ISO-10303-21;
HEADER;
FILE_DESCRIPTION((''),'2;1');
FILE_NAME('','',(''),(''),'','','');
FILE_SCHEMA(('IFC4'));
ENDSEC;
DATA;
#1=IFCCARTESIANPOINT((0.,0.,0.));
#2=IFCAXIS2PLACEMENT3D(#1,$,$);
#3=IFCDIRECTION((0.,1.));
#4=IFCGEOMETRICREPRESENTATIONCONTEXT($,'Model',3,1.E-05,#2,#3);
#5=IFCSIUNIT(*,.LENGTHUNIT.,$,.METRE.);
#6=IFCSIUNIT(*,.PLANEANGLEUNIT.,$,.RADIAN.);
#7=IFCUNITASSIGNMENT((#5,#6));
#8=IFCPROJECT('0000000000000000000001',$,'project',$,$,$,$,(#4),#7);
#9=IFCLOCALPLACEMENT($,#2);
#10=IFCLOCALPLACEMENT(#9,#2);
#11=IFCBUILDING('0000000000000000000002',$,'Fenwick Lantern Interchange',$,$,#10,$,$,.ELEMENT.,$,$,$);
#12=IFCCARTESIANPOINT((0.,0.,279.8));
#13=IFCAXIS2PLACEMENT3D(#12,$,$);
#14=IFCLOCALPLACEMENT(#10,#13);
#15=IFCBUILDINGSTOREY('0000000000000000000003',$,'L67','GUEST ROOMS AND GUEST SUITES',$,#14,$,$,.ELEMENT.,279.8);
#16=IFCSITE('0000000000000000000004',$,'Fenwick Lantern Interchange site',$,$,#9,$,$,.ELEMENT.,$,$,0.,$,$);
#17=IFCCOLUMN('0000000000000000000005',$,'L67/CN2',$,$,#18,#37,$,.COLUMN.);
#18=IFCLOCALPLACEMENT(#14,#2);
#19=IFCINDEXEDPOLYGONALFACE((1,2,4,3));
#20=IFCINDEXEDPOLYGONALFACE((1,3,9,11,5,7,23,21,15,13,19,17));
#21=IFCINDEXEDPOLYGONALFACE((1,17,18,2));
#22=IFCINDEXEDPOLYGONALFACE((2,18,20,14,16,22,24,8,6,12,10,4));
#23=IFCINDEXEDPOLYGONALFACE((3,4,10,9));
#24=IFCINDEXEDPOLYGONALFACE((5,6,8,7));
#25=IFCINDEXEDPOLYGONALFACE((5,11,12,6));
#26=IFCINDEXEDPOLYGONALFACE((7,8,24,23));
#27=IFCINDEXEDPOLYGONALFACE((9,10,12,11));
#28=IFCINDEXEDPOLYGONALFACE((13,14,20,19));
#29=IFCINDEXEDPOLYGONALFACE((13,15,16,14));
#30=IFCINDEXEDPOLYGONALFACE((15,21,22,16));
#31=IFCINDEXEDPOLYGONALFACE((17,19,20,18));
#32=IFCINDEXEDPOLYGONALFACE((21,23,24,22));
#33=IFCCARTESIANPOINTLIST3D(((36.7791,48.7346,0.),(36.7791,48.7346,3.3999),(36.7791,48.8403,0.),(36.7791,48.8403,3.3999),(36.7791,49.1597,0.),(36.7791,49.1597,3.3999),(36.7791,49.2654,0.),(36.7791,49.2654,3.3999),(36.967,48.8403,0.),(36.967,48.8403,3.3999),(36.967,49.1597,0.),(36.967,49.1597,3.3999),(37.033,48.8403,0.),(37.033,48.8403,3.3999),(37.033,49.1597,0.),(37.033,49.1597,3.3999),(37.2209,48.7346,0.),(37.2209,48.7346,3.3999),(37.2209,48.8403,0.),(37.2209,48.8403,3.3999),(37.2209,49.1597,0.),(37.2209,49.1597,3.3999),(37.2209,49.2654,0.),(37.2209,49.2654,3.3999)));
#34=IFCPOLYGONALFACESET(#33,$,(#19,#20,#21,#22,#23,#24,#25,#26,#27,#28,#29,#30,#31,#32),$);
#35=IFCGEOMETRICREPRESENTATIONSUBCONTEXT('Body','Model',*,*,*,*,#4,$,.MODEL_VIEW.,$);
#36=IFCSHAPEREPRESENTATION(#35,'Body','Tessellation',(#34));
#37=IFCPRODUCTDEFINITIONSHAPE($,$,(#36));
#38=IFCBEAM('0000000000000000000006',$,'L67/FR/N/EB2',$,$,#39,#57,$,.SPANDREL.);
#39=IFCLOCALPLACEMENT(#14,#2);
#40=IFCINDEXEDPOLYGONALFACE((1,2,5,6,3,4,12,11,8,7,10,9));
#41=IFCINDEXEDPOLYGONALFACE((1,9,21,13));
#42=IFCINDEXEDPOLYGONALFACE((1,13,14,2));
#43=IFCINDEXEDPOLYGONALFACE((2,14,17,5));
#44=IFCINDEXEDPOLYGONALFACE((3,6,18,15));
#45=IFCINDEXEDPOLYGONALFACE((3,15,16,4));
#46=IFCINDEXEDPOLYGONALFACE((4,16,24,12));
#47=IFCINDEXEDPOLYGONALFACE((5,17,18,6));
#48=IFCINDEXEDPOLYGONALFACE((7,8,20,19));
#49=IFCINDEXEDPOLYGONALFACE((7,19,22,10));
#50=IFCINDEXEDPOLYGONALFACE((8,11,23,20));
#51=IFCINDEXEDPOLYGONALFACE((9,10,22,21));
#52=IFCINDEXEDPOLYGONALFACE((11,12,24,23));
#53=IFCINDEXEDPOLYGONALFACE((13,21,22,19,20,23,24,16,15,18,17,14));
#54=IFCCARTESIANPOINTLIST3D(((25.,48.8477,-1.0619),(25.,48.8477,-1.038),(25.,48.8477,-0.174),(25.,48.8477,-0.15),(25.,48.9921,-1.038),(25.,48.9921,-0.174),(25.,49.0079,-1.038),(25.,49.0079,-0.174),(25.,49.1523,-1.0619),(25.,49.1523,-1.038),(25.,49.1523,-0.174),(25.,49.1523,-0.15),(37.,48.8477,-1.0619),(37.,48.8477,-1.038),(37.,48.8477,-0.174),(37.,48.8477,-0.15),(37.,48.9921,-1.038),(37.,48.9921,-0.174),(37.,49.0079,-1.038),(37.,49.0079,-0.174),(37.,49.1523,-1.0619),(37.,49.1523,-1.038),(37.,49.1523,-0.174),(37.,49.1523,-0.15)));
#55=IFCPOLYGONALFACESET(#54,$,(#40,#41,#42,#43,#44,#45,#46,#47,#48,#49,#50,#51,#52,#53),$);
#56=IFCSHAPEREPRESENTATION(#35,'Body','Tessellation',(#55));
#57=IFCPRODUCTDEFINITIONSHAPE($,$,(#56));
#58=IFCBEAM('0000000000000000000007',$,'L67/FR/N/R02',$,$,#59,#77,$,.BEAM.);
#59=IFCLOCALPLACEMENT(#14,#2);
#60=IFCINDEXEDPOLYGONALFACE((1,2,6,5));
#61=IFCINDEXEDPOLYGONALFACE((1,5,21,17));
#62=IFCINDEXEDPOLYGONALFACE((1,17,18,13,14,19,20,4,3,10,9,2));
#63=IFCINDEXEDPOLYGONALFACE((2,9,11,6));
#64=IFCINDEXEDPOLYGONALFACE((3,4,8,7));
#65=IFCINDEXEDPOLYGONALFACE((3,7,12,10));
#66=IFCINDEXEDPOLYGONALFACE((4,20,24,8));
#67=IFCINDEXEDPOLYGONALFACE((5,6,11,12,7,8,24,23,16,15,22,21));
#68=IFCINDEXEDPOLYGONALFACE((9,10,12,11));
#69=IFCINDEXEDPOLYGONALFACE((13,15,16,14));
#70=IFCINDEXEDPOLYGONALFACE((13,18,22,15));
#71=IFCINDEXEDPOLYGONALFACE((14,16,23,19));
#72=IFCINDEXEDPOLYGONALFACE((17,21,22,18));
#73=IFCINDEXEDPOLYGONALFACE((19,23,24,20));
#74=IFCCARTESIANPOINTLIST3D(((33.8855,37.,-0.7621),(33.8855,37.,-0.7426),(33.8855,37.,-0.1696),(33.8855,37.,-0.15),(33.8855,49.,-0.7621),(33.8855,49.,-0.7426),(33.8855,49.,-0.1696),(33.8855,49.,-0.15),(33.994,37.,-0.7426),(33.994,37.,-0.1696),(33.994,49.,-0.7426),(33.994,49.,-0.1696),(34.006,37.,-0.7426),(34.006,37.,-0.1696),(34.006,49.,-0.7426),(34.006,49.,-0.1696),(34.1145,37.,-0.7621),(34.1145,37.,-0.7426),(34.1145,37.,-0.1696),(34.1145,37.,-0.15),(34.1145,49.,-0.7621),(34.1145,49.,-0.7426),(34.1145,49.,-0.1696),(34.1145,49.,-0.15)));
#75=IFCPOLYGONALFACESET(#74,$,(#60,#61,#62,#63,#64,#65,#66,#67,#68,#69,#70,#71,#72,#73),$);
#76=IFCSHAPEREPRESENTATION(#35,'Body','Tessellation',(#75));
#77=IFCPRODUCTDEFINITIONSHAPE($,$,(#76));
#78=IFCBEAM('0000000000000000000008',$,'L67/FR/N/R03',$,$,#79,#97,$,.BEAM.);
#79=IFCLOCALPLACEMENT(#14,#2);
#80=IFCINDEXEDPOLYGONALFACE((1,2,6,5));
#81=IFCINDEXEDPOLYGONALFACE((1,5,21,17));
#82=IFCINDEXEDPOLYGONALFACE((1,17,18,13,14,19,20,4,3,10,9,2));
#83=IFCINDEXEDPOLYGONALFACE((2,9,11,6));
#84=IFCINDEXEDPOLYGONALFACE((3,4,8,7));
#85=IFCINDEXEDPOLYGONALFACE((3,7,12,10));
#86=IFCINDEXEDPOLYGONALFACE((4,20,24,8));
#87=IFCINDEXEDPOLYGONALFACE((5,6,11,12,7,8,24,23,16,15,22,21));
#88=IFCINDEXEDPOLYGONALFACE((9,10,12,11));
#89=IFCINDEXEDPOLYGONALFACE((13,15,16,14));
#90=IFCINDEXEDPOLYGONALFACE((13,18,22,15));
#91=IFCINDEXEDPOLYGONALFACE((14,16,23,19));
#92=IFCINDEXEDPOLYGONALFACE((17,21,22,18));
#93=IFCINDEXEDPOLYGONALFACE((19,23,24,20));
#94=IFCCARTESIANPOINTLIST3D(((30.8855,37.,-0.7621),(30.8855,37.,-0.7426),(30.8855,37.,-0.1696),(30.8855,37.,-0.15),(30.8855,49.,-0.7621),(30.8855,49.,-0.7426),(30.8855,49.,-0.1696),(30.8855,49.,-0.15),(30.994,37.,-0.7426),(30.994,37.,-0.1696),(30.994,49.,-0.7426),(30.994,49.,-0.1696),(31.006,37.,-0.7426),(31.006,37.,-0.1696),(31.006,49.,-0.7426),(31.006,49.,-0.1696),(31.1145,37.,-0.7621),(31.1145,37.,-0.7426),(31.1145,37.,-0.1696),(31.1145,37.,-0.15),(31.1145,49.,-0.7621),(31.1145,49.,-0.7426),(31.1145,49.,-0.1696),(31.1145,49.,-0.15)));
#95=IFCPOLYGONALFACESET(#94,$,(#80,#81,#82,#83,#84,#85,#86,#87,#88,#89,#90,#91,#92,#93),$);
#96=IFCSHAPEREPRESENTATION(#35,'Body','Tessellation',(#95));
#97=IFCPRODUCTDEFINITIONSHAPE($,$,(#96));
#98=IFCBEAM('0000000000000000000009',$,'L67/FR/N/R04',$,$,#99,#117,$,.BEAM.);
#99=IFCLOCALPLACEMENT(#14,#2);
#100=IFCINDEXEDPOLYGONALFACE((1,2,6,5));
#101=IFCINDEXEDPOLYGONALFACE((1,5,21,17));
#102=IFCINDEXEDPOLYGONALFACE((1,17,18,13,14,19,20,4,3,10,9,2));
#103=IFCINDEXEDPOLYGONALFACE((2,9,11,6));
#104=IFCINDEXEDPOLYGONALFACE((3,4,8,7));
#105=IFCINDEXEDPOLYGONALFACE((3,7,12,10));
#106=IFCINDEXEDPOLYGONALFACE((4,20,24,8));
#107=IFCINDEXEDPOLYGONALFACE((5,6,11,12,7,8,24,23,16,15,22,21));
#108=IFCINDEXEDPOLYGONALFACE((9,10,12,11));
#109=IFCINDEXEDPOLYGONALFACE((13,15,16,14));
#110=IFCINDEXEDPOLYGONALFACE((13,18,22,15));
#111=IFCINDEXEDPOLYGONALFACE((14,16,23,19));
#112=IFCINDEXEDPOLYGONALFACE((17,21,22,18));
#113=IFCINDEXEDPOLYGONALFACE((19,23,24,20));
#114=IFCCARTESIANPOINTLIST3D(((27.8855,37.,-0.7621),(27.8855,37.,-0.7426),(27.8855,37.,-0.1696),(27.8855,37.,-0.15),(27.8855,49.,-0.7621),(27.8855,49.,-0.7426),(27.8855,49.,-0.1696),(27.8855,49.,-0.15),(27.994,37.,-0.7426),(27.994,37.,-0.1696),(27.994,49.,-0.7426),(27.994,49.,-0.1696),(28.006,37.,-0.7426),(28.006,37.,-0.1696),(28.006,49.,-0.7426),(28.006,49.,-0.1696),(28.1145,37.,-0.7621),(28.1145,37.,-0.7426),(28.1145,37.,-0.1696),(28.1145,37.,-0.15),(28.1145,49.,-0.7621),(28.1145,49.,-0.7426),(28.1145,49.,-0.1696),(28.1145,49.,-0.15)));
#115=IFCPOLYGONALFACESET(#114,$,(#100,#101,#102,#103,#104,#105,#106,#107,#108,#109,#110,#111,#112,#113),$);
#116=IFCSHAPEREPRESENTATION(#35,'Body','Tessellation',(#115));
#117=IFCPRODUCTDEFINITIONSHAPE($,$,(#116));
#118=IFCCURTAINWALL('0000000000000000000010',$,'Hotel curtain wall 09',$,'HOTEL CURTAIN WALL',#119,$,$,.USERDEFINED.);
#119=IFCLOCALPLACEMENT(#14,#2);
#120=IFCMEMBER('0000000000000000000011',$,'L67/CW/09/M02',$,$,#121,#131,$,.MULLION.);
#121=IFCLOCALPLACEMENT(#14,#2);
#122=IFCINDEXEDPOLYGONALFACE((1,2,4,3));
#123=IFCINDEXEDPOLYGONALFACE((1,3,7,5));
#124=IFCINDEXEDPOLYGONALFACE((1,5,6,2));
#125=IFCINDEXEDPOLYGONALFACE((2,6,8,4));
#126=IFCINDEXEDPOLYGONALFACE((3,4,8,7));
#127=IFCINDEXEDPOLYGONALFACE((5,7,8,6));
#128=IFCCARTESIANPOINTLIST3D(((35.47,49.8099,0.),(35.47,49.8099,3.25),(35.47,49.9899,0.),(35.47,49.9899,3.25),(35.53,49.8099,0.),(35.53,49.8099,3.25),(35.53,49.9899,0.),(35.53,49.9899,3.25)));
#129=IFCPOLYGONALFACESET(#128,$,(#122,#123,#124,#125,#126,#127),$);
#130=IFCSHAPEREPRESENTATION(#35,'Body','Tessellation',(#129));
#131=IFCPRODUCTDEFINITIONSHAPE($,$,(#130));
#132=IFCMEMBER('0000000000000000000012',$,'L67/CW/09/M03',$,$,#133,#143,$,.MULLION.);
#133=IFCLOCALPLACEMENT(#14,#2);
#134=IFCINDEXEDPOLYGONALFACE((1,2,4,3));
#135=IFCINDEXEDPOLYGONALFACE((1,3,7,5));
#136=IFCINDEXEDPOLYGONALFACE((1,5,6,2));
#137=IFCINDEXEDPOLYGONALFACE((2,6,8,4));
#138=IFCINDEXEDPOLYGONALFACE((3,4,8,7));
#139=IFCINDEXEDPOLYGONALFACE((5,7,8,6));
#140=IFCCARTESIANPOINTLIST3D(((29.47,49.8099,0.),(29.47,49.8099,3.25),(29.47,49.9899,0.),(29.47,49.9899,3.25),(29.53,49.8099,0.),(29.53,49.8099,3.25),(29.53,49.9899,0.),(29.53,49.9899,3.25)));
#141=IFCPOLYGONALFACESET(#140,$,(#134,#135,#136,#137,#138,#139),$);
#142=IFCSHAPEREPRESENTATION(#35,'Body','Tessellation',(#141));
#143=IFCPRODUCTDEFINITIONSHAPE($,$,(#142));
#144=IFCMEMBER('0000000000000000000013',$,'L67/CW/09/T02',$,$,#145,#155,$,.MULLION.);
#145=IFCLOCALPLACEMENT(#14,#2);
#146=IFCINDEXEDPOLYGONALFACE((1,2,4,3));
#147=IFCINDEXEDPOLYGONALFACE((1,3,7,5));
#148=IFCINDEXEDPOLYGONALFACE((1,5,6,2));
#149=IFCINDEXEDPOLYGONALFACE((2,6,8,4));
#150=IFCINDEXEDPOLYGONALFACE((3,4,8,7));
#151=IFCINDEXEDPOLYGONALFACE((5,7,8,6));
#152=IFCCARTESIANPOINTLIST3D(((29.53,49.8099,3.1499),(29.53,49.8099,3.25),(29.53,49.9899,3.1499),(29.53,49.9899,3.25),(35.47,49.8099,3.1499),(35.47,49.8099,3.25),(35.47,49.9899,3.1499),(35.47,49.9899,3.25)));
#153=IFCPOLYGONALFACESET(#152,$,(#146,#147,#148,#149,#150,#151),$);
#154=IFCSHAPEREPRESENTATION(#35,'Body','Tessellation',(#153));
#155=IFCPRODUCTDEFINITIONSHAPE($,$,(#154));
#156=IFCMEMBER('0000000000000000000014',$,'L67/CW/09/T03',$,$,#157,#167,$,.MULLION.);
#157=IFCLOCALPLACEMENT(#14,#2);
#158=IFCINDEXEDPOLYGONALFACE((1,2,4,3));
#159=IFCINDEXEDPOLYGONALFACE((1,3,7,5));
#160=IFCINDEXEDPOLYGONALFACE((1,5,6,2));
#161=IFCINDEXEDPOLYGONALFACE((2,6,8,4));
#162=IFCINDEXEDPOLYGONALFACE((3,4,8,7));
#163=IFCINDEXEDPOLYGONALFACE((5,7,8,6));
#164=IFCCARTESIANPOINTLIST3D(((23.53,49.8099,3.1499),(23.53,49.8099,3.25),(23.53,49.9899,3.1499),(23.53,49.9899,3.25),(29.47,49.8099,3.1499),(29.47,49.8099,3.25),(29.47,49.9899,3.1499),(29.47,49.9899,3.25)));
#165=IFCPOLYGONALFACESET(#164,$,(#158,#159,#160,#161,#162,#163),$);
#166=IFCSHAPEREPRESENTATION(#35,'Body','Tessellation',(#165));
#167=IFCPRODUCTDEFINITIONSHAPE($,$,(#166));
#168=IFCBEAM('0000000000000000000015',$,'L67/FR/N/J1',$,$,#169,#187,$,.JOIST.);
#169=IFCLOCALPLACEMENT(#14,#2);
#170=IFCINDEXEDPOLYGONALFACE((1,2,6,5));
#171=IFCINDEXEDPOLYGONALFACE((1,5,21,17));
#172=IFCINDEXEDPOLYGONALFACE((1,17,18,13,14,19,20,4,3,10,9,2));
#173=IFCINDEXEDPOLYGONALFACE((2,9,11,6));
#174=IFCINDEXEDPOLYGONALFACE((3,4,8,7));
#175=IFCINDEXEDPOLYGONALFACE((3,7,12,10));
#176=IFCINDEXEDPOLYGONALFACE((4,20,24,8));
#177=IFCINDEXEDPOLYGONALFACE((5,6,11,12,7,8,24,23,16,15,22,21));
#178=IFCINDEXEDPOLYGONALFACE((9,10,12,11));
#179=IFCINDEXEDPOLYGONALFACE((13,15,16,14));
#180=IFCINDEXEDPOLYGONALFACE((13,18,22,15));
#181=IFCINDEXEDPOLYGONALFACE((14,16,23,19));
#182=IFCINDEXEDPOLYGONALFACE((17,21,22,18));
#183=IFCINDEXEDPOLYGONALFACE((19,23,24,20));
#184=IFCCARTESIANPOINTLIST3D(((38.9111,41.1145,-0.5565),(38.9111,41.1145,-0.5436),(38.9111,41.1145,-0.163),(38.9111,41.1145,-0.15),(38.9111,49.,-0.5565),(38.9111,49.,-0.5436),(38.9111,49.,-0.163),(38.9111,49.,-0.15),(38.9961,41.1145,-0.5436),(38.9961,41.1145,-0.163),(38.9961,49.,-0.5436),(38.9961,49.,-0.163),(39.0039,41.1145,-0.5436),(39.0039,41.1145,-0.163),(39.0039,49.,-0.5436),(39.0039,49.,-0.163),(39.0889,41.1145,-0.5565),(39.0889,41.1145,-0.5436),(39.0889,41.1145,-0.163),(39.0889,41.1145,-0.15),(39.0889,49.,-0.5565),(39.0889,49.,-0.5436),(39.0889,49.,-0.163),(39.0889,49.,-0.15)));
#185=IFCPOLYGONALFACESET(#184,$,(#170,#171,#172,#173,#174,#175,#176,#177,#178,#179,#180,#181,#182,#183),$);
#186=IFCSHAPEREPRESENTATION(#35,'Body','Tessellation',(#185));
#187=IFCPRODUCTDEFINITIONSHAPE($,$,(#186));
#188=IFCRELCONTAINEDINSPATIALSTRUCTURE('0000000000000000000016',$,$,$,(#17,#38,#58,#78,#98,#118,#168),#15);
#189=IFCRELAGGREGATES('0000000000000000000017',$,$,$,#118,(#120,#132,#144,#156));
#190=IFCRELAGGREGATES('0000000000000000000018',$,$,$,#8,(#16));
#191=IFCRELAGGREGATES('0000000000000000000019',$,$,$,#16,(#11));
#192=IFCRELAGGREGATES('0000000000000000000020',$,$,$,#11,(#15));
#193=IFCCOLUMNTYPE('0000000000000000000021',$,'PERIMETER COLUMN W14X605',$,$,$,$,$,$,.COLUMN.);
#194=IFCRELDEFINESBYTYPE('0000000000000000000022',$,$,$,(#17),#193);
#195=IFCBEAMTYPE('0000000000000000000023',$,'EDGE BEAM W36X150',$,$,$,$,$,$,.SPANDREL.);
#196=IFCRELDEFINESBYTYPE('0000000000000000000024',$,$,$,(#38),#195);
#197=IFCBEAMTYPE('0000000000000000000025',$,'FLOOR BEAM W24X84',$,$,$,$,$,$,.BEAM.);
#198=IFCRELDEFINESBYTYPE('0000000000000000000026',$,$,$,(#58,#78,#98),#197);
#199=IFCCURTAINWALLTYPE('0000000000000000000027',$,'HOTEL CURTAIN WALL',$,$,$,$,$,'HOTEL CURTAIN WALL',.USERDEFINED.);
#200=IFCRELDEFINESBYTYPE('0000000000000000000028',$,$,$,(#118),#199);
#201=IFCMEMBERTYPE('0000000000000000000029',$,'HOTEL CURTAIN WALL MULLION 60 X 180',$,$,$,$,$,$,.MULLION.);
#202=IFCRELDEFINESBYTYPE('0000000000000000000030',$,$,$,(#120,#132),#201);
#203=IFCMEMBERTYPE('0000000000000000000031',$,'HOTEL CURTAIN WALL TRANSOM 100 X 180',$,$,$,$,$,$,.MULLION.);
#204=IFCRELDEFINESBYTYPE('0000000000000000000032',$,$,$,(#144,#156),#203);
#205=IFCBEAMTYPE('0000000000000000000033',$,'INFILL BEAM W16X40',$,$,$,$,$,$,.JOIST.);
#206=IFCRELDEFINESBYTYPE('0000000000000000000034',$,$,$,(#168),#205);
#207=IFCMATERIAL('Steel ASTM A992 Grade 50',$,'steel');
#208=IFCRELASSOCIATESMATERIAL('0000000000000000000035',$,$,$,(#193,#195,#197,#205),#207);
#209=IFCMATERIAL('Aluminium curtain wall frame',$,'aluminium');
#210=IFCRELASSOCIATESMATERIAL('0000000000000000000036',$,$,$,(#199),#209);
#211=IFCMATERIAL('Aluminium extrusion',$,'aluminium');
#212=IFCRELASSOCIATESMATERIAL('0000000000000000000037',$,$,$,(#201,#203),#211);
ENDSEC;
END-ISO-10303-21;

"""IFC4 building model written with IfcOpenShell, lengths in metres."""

from ifc_helpers import new_model, si_unit, direction, frame, origin, origin_2d, place, context, subcontext, project, spatial, rectangle, i_section, extrude, material, material_profile, profile_set, type_object, element, aggregate, save


model = new_model("IFC4")

# Units and contexts
model_context = context("Model", 3, precision=1e-05, world=origin(), true_north=direction((0.0, 1.0)))
body_context = subcontext(model_context, "Body", "Model", "MODEL_VIEW")
ifc_project = project(units=[si_unit("LENGTHUNIT", "METRE"), si_unit("PLANEANGLEUNIT", "RADIAN")], contexts=[model_context])

# Site, building, storey
site_placement = place(None, origin())
site = spatial("IfcSite", under=ifc_project, at=site_placement, Name="Fenwick Lantern Interchange site", CompositionType="ELEMENT", RefElevation=0.0)
building_placement = place(site_placement, origin())
building = spatial("IfcBuilding", under=site, at=building_placement, Name="Fenwick Lantern Interchange", CompositionType="ELEMENT")
storey_placement = place(building_placement, frame((0.0, 0.0, 279.8)))
storey = spatial("IfcBuildingStorey", under=building, at=storey_placement, Name="L67", Description="GUEST ROOMS AND GUEST SUITES", CompositionType="ELEMENT", Elevation=279.8)

# Column
ifc_material_1 = material(Name="Steel ASTM A992 Grade 50", Category="steel")
ifc_material_profile_1 = material_profile(ifc_material_1, i_section(OverallWidth=0.4419, OverallDepth=0.5308, WebThickness=0.0659, FlangeThickness=0.1057, at=origin_2d()), Name="W14X605")
ifc_profile_set_1 = profile_set([ifc_material_profile_1], Name="Steel ASTM A992 Grade 50")
column_type = type_object("IfcColumnType", Name="PERIMETER COLUMN W14X605", PredefinedType="COLUMN", material=ifc_profile_set_1)
column_placement = place(storey_placement, frame((37.0, 49.0, 0.0), z_axis=(0.0, 0.0, 1.0), x_axis=(1.0, 0.0, 0.0)))
element("IfcColumn", 1, at=column_placement, inside=storey, type_object=column_type, Name="L67/CN2", PredefinedType="COLUMN", context=body_context, shape_type="SweptSolid", body=[
    extrude(i_section(OverallWidth=0.4419, OverallDepth=0.5308, WebThickness=0.0659, FlangeThickness=0.1057, at=origin_2d()), origin(), (0.0, 0.0, 1.0), 3.3999),
])

# Beams
ifc_material_profile_2 = material_profile(ifc_material_1, i_section(OverallWidth=0.3047, OverallDepth=0.9119, WebThickness=0.0159, FlangeThickness=0.0239, at=origin_2d()), Name="W36X150")
ifc_profile_set_2 = profile_set([ifc_material_profile_2], Name="Steel ASTM A992 Grade 50")
beam_type_1 = type_object("IfcBeamType", Name="EDGE BEAM W36X150", PredefinedType="SPANDREL", material=ifc_profile_set_2)
beam_1_placement = place(storey_placement, frame((37.0, 49.0, -0.606), z_axis=(-1.0, 0.0, 0.0), x_axis=(0.0, -1.0, 0.0)))
element("IfcBeam", 2, at=beam_1_placement, inside=storey, type_object=beam_type_1, Name="L67/FR/N/EB2", PredefinedType="SPANDREL", context=body_context, shape_type="SweptSolid", body=[
    extrude(i_section(OverallWidth=0.3047, OverallDepth=0.9119, WebThickness=0.0159, FlangeThickness=0.0239, at=origin_2d()), origin(), (0.0, 0.0, 1.0), 12.0),
])
ifc_material_profile_3 = material_profile(ifc_material_1, i_section(OverallWidth=0.229, OverallDepth=0.6121, WebThickness=0.012, FlangeThickness=0.0195, at=origin_2d()), Name="W24X84")
ifc_profile_set_3 = profile_set([ifc_material_profile_3], Name="Steel ASTM A992 Grade 50")
beam_type_2 = type_object("IfcBeamType", Name="FLOOR BEAM W24X84", PredefinedType="BEAM", material=ifc_profile_set_3)
for number, where, z_axis, x_axis, name in (
    (3, (34.0, 49.0, -0.4561), (0.0, -1.0, 0.0), (1.0, 0.0, 0.0), "L67/FR/N/R02"),
    (4, (31.0, 49.0, -0.4561), (0.0, -1.0, 0.0), (1.0, 0.0, 0.0), "L67/FR/N/R03"),
    (5, (28.0, 49.0, -0.4561), (0.0, -1.0, 0.0), (1.0, 0.0, 0.0), "L67/FR/N/R04"),
):
    element("IfcBeam", number, at=place(storey_placement, frame(where, z_axis=z_axis, x_axis=x_axis)), inside=storey, type_object=beam_type_2, Name=name, PredefinedType="BEAM", context=body_context, shape_type="SweptSolid", body=[
        extrude(i_section(OverallWidth=0.229, OverallDepth=0.6121, WebThickness=0.012, FlangeThickness=0.0195, at=origin_2d()), origin(), (0.0, 0.0, 1.0), 12.0),
    ])

# Curtain wall, members
ifc_material_2 = material(Name="Aluminium curtain wall frame", Category="aluminium")
curtain_wall_type = type_object("IfcCurtainWallType", Name="HOTEL CURTAIN WALL", ElementType="HOTEL CURTAIN WALL", PredefinedType="USERDEFINED", material=ifc_material_2)
curtain_wall_placement = place(storey_placement, origin())
curtain_wall = element("IfcCurtainWall", 6, at=curtain_wall_placement, inside=storey, type_object=curtain_wall_type, Name="Hotel curtain wall 09", ObjectType="HOTEL CURTAIN WALL", PredefinedType="USERDEFINED")
ifc_material_3 = material(Name="Aluminium extrusion", Category="aluminium")
ifc_material_profile_4 = material_profile(ifc_material_3, rectangle(XDim=0.1799, YDim=0.0601, at=origin_2d()), Name="HOTEL CURTAIN WALL MULLION 60 X 180")
ifc_profile_set_4 = profile_set([ifc_material_profile_4], Name="Aluminium extrusion")
member_type_1 = type_object("IfcMemberType", Name="HOTEL CURTAIN WALL MULLION 60 X 180", PredefinedType="MULLION", material=ifc_profile_set_4)
member_1_placement = place(storey_placement, frame((35.5, 49.8999, 0.0), z_axis=(0.0, 0.0, 1.0), x_axis=(0.0, -1.0, 0.0)))
member_1 = element("IfcMember", 7, at=member_1_placement, type_object=member_type_1, Name="L67/CW/09/M02", PredefinedType="MULLION", context=body_context, shape_type="SweptSolid", body=[
    extrude(rectangle(XDim=0.1799, YDim=0.0601, at=origin_2d()), origin(), (0.0, 0.0, 1.0), 3.25),
])
member_2_placement = place(storey_placement, frame((29.5, 49.8999, 0.0), z_axis=(0.0, 0.0, 1.0), x_axis=(0.0, -1.0, 0.0)))
member_2 = element("IfcMember", 8, at=member_2_placement, type_object=member_type_1, Name="L67/CW/09/M03", PredefinedType="MULLION", context=body_context, shape_type="SweptSolid", body=[
    extrude(rectangle(XDim=0.1799, YDim=0.0601, at=origin_2d()), origin(), (0.0, 0.0, 1.0), 3.25),
])
ifc_material_profile_5 = material_profile(ifc_material_3, rectangle(XDim=0.1799, YDim=0.1001, at=origin_2d()), Name="HOTEL CURTAIN WALL TRANSOM 100 X 180")
ifc_profile_set_5 = profile_set([ifc_material_profile_5], Name="Aluminium extrusion")
member_type_2 = type_object("IfcMemberType", Name="HOTEL CURTAIN WALL TRANSOM 100 X 180", PredefinedType="MULLION", material=ifc_profile_set_5)
member_3_placement = place(storey_placement, frame((35.47, 49.8999, 3.2), z_axis=(-1.0, 0.0, 0.0), x_axis=(0.0, -1.0, 0.0)))
member_3 = element("IfcMember", 9, at=member_3_placement, type_object=member_type_2, Name="L67/CW/09/T02", PredefinedType="MULLION", context=body_context, shape_type="SweptSolid", body=[
    extrude(rectangle(XDim=0.1799, YDim=0.1001, at=origin_2d()), origin(), (0.0, 0.0, 1.0), 5.9399),
])
member_4_placement = place(storey_placement, frame((29.47, 49.8999, 3.2), z_axis=(-1.0, 0.0, 0.0), x_axis=(0.0, -1.0, 0.0)))
member_4 = element("IfcMember", 10, at=member_4_placement, type_object=member_type_2, Name="L67/CW/09/T03", PredefinedType="MULLION", context=body_context, shape_type="SweptSolid", body=[
    extrude(rectangle(XDim=0.1799, YDim=0.1001, at=origin_2d()), origin(), (0.0, 0.0, 1.0), 5.9399),
])
aggregate(curtain_wall, [member_1, member_2, member_3, member_4])

# Beam
ifc_material_profile_6 = material_profile(ifc_material_1, i_section(OverallWidth=0.1777, OverallDepth=0.4065, WebThickness=0.0078, FlangeThickness=0.0129, at=origin_2d()), Name="W16X40")
ifc_profile_set_6 = profile_set([ifc_material_profile_6], Name="Steel ASTM A992 Grade 50")
beam_type_3 = type_object("IfcBeamType", Name="INFILL BEAM W16X40", PredefinedType="JOIST", material=ifc_profile_set_6)
beam_2_placement = place(storey_placement, frame((39.0, 49.0, -0.3533), z_axis=(0.0, -1.0, 0.0), x_axis=(1.0, 0.0, 0.0)))
element("IfcBeam", 11, at=beam_2_placement, inside=storey, type_object=beam_type_3, Name="L67/FR/N/J1", PredefinedType="JOIST", context=body_context, shape_type="SweptSolid", body=[
    extrude(i_section(OverallWidth=0.1777, OverallDepth=0.4065, WebThickness=0.0078, FlangeThickness=0.0129, at=origin_2d()), origin(), (0.0, 0.0, 1.0), 7.8855),
])

save(model, "model.ifc")
